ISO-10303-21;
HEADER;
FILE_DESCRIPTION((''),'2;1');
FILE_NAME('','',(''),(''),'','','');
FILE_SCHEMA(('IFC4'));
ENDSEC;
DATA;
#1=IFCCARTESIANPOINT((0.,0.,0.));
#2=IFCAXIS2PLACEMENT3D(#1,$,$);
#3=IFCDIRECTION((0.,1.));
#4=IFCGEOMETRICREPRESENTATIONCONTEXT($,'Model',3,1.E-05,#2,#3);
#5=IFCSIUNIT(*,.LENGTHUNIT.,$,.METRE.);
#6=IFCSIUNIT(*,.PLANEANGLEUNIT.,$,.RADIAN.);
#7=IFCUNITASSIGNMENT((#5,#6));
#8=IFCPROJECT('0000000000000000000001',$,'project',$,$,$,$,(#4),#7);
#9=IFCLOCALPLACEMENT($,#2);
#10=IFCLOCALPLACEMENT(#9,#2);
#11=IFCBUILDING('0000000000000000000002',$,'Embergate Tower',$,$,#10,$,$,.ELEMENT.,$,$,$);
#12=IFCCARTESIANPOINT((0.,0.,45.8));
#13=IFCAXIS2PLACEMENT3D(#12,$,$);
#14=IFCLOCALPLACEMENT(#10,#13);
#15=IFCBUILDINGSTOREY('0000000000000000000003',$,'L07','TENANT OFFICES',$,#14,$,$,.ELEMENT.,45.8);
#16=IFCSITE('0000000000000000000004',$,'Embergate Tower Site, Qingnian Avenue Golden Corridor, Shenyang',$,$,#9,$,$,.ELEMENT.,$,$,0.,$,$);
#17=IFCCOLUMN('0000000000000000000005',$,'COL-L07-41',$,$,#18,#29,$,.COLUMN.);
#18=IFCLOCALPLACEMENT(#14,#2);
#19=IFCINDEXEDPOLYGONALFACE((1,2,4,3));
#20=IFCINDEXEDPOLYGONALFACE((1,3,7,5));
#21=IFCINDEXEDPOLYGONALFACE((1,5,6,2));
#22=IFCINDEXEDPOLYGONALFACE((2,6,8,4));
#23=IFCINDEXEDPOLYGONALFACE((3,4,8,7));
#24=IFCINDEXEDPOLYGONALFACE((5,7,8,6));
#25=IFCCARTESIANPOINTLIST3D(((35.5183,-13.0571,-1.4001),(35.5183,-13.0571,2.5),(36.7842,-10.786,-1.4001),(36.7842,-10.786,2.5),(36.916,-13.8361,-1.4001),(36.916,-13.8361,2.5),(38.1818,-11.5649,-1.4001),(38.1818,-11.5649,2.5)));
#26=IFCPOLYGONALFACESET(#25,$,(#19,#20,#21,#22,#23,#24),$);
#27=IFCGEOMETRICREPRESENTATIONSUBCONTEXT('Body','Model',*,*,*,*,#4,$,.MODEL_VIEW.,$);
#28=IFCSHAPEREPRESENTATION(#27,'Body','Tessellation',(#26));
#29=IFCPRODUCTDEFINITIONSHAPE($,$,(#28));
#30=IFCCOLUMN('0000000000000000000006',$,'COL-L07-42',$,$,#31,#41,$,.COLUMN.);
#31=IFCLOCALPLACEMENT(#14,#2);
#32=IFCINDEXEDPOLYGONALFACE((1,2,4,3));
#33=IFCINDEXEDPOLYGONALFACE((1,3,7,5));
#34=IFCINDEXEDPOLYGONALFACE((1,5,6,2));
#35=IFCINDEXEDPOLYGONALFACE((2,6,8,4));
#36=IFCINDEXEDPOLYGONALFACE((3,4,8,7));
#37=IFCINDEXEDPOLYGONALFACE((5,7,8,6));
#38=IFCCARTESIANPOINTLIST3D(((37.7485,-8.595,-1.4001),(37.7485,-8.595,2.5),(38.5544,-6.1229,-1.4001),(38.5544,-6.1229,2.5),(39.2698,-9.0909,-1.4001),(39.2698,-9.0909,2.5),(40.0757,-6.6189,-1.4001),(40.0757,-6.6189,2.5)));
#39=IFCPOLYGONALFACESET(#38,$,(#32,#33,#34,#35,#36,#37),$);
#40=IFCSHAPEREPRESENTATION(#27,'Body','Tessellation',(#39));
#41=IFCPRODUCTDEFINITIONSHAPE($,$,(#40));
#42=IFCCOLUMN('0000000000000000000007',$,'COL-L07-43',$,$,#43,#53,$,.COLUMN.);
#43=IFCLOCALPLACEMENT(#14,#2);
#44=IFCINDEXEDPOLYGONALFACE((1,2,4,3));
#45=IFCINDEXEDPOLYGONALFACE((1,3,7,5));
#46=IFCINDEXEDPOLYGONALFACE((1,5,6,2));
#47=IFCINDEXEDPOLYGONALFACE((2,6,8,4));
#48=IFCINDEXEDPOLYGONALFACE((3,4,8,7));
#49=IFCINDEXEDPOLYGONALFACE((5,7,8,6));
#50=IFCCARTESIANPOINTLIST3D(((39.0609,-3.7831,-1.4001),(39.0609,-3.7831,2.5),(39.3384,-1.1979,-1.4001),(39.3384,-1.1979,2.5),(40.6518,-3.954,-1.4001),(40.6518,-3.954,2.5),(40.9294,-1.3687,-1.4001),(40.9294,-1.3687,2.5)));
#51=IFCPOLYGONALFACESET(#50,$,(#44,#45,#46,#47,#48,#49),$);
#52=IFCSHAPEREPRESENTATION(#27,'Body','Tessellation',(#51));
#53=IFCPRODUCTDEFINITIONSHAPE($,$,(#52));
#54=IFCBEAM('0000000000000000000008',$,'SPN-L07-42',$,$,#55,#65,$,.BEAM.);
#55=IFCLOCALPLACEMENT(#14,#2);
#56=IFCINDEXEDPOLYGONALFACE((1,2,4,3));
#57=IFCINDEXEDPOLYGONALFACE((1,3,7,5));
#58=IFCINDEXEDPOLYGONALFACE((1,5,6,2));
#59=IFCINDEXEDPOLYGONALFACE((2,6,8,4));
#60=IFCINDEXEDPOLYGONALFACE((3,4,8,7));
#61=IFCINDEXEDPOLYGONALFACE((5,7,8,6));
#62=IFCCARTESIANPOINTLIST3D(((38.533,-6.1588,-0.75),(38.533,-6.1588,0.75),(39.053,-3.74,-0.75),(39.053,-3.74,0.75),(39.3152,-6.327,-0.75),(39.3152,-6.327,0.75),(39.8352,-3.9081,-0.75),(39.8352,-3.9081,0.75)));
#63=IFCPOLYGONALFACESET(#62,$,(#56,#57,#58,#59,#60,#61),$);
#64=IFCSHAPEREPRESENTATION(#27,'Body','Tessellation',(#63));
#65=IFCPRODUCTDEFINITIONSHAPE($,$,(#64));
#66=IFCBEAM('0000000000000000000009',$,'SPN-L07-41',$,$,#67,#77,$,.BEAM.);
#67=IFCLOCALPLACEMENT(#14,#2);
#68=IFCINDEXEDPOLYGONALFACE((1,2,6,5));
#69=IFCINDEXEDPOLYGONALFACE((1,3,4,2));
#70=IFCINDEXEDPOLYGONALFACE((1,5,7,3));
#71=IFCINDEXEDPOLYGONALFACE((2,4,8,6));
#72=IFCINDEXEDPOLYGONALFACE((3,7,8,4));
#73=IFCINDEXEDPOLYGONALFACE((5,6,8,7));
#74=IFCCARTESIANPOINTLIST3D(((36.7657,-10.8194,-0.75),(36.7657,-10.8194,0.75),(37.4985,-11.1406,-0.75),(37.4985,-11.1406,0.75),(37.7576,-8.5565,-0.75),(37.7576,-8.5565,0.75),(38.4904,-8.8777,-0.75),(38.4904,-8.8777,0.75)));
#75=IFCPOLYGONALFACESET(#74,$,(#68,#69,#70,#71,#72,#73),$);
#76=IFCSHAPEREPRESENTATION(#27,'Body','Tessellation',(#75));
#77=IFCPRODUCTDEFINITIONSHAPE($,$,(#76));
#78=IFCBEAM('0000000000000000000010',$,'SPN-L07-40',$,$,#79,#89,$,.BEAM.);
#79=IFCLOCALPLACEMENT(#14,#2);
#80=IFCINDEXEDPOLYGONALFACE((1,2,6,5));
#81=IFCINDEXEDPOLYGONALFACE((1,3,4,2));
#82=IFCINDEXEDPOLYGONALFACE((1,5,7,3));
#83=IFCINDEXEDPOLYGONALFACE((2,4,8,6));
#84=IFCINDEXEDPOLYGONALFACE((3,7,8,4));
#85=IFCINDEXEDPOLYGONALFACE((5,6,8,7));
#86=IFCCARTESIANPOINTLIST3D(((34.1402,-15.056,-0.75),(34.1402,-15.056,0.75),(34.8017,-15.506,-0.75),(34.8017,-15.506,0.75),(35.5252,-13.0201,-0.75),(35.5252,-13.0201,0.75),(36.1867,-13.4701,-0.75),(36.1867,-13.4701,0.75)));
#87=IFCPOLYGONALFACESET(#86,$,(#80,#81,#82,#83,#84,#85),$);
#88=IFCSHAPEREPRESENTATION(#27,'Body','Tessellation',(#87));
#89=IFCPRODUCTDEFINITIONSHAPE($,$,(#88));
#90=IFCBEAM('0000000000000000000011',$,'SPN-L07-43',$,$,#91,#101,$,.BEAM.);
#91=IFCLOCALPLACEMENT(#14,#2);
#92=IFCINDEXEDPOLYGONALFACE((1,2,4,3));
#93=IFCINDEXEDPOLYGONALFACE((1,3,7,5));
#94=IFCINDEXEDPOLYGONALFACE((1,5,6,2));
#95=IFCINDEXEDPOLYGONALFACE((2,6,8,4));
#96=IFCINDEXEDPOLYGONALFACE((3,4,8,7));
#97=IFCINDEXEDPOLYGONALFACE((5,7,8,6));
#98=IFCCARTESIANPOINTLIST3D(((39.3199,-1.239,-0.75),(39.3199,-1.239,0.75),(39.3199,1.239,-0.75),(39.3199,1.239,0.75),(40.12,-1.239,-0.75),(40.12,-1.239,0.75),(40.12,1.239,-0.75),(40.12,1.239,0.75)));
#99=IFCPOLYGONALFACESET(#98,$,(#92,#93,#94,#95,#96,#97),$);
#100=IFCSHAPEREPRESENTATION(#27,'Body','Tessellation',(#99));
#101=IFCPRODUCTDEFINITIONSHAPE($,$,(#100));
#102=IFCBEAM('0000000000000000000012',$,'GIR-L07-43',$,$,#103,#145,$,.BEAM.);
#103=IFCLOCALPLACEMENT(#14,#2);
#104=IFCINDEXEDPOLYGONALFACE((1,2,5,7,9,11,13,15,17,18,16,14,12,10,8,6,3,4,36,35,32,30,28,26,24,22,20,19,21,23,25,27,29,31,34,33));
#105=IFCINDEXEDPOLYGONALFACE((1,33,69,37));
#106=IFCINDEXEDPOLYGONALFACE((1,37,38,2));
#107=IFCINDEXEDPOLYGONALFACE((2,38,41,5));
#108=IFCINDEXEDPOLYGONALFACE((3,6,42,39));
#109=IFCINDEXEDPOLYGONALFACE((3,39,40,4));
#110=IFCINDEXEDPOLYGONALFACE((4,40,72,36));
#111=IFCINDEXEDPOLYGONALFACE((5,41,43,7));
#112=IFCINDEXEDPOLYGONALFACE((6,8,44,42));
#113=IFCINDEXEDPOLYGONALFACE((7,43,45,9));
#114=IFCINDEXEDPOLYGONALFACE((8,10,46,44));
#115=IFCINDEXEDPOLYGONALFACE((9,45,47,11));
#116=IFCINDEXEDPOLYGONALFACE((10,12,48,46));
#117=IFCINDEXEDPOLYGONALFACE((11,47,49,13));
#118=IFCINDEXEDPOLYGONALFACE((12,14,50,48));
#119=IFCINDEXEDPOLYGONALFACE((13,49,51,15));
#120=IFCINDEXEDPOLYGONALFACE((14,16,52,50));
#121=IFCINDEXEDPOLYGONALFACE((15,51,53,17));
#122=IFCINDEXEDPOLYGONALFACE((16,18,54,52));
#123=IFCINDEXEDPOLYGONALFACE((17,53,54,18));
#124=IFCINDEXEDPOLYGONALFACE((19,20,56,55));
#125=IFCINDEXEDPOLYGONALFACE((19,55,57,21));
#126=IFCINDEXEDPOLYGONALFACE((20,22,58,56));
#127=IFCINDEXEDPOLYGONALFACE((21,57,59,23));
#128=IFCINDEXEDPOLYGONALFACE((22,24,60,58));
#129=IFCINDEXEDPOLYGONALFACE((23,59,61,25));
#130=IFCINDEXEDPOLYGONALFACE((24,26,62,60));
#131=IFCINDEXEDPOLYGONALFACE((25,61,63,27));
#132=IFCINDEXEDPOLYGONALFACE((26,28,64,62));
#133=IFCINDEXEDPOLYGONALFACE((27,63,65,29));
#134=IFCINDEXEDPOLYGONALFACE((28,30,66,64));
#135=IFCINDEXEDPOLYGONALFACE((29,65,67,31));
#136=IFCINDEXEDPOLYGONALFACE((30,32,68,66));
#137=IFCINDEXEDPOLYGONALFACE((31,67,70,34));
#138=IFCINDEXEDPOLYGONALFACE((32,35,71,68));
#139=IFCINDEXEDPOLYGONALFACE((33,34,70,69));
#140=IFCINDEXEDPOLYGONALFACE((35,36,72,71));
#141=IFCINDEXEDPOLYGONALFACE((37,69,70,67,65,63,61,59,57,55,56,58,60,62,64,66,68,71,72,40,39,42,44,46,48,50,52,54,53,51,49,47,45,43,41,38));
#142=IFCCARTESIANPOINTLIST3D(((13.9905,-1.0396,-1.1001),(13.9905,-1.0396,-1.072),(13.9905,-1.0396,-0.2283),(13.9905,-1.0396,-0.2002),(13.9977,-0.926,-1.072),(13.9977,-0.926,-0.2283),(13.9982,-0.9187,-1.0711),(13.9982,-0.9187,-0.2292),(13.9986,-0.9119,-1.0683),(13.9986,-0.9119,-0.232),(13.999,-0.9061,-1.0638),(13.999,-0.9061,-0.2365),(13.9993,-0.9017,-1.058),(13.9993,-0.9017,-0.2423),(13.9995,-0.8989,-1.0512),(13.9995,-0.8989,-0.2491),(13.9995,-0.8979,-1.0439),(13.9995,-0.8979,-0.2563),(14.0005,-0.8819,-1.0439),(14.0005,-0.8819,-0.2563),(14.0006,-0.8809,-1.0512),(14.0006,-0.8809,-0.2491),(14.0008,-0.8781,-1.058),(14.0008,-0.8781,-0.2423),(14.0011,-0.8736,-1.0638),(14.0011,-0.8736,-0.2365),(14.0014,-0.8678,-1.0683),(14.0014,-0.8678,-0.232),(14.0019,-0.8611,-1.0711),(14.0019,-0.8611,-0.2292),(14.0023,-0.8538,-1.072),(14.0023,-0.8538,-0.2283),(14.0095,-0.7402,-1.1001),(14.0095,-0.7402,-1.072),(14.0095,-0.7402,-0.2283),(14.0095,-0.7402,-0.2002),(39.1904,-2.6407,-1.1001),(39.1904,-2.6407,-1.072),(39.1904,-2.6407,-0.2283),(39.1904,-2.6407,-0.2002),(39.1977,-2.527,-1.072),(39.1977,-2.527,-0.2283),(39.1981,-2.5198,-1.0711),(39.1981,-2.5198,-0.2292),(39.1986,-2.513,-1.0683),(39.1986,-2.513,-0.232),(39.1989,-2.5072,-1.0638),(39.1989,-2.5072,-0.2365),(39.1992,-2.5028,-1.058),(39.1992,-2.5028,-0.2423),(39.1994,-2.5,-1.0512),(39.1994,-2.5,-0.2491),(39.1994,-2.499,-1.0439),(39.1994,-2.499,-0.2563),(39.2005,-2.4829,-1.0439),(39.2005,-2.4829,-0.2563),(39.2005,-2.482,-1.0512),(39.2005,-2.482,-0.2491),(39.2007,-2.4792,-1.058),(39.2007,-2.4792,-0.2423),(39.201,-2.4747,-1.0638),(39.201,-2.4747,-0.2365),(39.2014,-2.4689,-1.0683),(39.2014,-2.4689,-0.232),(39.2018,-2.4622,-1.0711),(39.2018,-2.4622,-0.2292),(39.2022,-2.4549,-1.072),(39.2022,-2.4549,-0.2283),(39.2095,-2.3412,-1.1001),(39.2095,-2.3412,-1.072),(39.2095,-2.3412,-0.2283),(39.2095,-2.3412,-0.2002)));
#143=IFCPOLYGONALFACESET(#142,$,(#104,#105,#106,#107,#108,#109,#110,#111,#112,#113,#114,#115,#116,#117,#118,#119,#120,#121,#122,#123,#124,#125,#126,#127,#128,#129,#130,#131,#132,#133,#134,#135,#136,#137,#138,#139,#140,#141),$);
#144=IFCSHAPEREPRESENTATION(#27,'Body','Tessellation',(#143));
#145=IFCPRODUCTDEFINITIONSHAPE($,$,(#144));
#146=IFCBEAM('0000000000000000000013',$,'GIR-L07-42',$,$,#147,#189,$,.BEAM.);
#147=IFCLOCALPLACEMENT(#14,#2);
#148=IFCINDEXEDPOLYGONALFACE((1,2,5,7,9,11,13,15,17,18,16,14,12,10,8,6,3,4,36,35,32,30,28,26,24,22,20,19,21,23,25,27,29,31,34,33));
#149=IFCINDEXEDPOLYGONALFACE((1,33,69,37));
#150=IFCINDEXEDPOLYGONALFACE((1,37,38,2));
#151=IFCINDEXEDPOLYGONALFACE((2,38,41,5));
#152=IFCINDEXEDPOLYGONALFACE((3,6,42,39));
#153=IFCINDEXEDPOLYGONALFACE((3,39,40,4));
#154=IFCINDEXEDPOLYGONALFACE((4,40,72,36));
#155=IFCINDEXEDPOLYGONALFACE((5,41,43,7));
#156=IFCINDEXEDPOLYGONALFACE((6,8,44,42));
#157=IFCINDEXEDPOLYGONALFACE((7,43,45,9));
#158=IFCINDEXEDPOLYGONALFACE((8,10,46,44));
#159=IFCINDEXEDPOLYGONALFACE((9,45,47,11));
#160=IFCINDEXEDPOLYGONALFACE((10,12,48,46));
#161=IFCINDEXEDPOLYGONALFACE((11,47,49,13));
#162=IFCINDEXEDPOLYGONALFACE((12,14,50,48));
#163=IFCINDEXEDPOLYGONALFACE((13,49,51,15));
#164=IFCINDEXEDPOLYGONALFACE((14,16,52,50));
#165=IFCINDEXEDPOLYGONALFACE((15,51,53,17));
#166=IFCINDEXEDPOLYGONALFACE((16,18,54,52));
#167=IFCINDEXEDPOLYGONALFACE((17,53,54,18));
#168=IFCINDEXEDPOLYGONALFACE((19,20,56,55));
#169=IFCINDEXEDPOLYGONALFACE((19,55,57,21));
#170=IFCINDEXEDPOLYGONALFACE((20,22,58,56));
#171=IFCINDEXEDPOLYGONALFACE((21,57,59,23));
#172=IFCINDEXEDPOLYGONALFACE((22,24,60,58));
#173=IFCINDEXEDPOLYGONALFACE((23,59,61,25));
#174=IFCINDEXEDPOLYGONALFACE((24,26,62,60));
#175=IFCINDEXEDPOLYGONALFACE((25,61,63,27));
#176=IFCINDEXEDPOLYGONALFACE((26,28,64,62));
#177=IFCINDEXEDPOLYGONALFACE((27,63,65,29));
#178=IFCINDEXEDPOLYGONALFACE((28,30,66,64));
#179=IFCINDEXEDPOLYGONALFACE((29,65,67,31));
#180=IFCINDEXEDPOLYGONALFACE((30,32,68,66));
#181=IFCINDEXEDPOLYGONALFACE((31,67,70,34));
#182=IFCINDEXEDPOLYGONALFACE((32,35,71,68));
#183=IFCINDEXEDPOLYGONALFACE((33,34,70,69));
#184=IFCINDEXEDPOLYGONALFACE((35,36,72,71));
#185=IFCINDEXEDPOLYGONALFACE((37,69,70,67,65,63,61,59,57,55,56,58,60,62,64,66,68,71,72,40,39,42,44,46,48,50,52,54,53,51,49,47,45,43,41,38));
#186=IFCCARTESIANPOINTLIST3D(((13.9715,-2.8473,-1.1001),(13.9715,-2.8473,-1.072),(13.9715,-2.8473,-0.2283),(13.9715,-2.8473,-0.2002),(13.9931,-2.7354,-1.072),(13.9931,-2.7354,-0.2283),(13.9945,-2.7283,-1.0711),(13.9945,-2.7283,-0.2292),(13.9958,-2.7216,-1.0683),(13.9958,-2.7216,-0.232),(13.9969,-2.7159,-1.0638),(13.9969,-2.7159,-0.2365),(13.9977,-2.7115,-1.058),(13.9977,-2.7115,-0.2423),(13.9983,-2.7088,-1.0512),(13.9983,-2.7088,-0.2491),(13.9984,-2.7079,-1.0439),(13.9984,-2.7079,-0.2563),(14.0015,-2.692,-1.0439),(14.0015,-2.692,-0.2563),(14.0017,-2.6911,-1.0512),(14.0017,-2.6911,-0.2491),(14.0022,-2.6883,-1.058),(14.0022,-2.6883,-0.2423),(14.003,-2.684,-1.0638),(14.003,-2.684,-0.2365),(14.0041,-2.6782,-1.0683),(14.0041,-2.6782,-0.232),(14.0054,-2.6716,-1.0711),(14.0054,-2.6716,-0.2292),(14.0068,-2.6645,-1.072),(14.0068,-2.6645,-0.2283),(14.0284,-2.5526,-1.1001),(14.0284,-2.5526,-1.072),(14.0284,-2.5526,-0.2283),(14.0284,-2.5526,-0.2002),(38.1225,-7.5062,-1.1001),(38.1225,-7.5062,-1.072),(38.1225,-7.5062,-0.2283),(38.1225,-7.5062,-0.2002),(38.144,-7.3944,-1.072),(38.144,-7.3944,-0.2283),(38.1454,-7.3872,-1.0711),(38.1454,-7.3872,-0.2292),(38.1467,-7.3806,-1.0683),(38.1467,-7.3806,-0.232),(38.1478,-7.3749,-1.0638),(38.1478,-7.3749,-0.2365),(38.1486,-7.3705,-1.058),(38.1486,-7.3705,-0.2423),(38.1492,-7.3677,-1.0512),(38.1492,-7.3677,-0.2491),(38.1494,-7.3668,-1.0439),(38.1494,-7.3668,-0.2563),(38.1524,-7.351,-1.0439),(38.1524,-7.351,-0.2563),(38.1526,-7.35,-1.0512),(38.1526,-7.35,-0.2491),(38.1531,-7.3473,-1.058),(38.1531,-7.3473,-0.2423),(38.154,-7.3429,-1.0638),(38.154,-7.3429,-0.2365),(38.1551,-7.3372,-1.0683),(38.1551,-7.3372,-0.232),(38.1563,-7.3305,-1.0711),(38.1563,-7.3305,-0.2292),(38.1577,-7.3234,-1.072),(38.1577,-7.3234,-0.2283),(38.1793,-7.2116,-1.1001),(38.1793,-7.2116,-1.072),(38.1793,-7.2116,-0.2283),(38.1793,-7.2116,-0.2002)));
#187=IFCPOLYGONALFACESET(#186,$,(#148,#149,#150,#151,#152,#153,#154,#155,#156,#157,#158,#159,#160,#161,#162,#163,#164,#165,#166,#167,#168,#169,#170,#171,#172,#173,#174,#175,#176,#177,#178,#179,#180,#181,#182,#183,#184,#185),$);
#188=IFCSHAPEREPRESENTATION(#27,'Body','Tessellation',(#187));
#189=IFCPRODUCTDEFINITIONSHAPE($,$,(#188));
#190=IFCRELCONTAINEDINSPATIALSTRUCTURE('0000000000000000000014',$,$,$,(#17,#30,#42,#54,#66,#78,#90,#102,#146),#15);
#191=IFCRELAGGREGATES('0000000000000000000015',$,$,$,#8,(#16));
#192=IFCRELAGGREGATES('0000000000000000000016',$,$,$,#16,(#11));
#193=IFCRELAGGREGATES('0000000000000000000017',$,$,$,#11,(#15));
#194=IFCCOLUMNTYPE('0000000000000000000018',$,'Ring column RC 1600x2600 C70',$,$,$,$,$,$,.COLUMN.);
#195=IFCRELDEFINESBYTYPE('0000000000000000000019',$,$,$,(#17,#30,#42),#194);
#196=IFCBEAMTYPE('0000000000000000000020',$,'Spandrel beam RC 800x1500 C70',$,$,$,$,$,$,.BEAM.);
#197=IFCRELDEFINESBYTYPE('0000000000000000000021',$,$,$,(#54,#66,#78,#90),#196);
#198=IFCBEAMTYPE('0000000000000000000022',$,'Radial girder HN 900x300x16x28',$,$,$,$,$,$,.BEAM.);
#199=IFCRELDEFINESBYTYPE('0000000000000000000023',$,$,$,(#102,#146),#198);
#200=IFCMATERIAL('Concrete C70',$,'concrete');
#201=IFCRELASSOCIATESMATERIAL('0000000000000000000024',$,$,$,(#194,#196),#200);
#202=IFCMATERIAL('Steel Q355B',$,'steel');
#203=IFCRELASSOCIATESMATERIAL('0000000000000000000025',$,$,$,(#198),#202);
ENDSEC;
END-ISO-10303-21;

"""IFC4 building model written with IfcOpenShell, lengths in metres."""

from ifc_helpers import new_model, si_unit, direction, frame, origin, origin_2d, place, context, subcontext, project, spatial, rectangle, i_section, extrude, source, transform, mapped, material, material_profile, profile_set, type_object, element, save


model = new_model("IFC4")

# Units and contexts
model_context = context("Model", 3, precision=1e-05, world=origin(), true_north=direction((0.0, 1.0)))
body_context = subcontext(model_context, "Body", "Model", "MODEL_VIEW")
ifc_project = project(units=[si_unit("LENGTHUNIT", "METRE"), si_unit("PLANEANGLEUNIT", "RADIAN")], contexts=[model_context])

# Site, building, storey
site_placement = place(None, origin())
site = spatial("IfcSite", under=ifc_project, at=site_placement, Name="Embergate Tower Site, Qingnian Avenue Golden Corridor, Shenyang", CompositionType="ELEMENT", RefElevation=0.0)
building_placement = place(site_placement, origin())
building = spatial("IfcBuilding", under=site, at=building_placement, Name="Embergate Tower", CompositionType="ELEMENT")
storey_placement = place(building_placement, frame((0.0, 0.0, 45.8)))
storey = spatial("IfcBuildingStorey", under=building, at=storey_placement, Name="L07", Description="TENANT OFFICES", CompositionType="ELEMENT", Elevation=45.8)

# Columns
ifc_material_1 = material(Name="Concrete C70", Category="concrete")
ifc_material_profile_1 = material_profile(ifc_material_1, rectangle(XDim=1.6001, YDim=2.6001, at=origin_2d()), Name="RC 1600x2600")
ifc_profile_set_1 = profile_set([ifc_material_profile_1], Name="Concrete C70")
column_type = type_object("IfcColumnType", Name="Ring column RC 1600x2600 C70", PredefinedType="COLUMN", material=ifc_profile_set_1)
shared_shape_1 = source(origin(), body_context, "Body", "SweptSolid", [
    extrude(rectangle(XDim=1.6001, YDim=2.6001, at=origin_2d()), origin(), (0.0, 0.0, 1.0), 3.9001),
])
for number, where, z_axis, x_axis, name in (
    (1, (36.8501, -12.311, -1.4001), (0.0, 0.0, 1.0), (0.873492, -0.486839, 0.0), "COL-L07-41"),
    (2, (38.9121, -7.6069, -1.4001), (0.0, 0.0, 1.0), (0.950754, -0.309946, 0.0), "COL-L07-42"),
    (3, (39.9951, -2.5759, -1.4001), (0.0, 0.0, 1.0), (0.994286, -0.10675, 0.0), "COL-L07-43"),
):
    element("IfcColumn", number, at=place(storey_placement, frame(where, z_axis=z_axis, x_axis=x_axis)), inside=storey, type_object=column_type, Name=name, PredefinedType="COLUMN", context=body_context, shape_type="MappedRepresentation", body=[
        mapped(shared_shape_1, transform((0.0, 0.0, 0.0))),
    ])

# Beams
ifc_material_profile_2 = material_profile(ifc_material_1, rectangle(XDim=0.8, YDim=1.5, at=origin_2d()), Name="RC 800x1500")
ifc_profile_set_2 = profile_set([ifc_material_profile_2], Name="Concrete C70")
beam_type_1 = type_object("IfcBeamType", Name="Spandrel beam RC 800x1500 C70", PredefinedType="BEAM", material=ifc_profile_set_2)
shared_shape_2 = source(origin(), body_context, "Body", "SweptSolid", [
    extrude(rectangle(XDim=0.8, YDim=1.5, at=origin_2d()), origin(), (0.0, 0.0, 1.0), 2.4741),
])
beam_1_placement = place(storey_placement, frame((38.9241, -6.2429, 0.0), z_axis=(0.210176, 0.977664, 0.0), x_axis=(-0.977664, 0.210176, 0.0)))
element("IfcBeam", 4, at=beam_1_placement, inside=storey, type_object=beam_type_1, Name="SPN-L07-42", PredefinedType="BEAM", context=body_context, shape_type="MappedRepresentation", body=[
    mapped(shared_shape_2, transform((0.0, 0.0, 0.0))),
])
shared_shape_3 = source(origin(), body_context, "Body", "SweptSolid", [
    extrude(rectangle(XDim=0.8, YDim=1.5, at=origin_2d()), origin(), (0.0, 0.0, 1.0), 2.4707),
])
beam_2_placement = place(storey_placement, frame((37.1321, -10.98, 0.0), z_axis=(0.401467, 0.915874, 0.0), x_axis=(-0.915874, 0.401467, 0.0)))
element("IfcBeam", 5, at=beam_2_placement, inside=storey, type_object=beam_type_1, Name="SPN-L07-41", PredefinedType="BEAM", context=body_context, shape_type="MappedRepresentation", body=[
    mapped(shared_shape_3, transform((0.0, 0.0, 0.0))),
])
shared_shape_4 = source(origin(), body_context, "Body", "SweptSolid", [
    extrude(rectangle(XDim=0.8, YDim=1.5, at=origin_2d()), origin(), (0.0, 0.0, 1.0), 2.4624),
])
beam_3_placement = place(storey_placement, frame((34.4709, -15.281, 0.0), z_axis=(0.562478, 0.826812, 0.0), x_axis=(-0.826812, 0.562478, 0.0)))
element("IfcBeam", 6, at=beam_3_placement, inside=storey, type_object=beam_type_1, Name="SPN-L07-40", PredefinedType="BEAM", context=body_context, shape_type="MappedRepresentation", body=[
    mapped(shared_shape_4, transform((0.0, 0.0, 0.0))),
])
shared_shape_5 = source(origin(), body_context, "Body", "SweptSolid", [
    extrude(rectangle(XDim=0.8, YDim=1.5, at=origin_2d()), origin(), (0.0, 0.0, 1.0), 2.478),
])
beam_4_placement = place(storey_placement, frame((39.72, -1.239, 0.0), z_axis=(0.0, 1.0, 0.0), x_axis=(-1.0, 0.0, 0.0)))
element("IfcBeam", 7, at=beam_4_placement, inside=storey, type_object=beam_type_1, Name="SPN-L07-43", PredefinedType="BEAM", context=body_context, shape_type="MappedRepresentation", body=[
    mapped(shared_shape_5, transform((0.0, 0.0, 0.0))),
])
ifc_material_2 = material(Name="Steel Q355B", Category="steel")
ifc_material_profile_3 = material_profile(ifc_material_2, i_section(OverallWidth=0.3, OverallDepth=0.8999, WebThickness=0.0161, FlangeThickness=0.0281, FilletRadius=0.0281, at=origin_2d()), Name="HN 900x300x16x28")
ifc_profile_set_3 = profile_set([ifc_material_profile_3], Name="Steel Q355 grade B")
beam_type_2 = type_object("IfcBeamType", Name="Radial girder HN 900x300x16x28", PredefinedType="BEAM", material=ifc_profile_set_3)
shared_shape_6 = source(origin(), body_context, "Body", "SweptSolid", [
    extrude(i_section(OverallWidth=0.3, OverallDepth=0.8999, WebThickness=0.0161, FlangeThickness=0.0281, FilletRadius=0.0281, at=origin_2d()), origin(), (0.0, 0.0, 1.0), 25.2507),
])
beam_5_placement = place(storey_placement, frame((39.2, -2.491, -0.6501), z_axis=(-0.997988, 0.063407, 0.0), x_axis=(-0.063407, -0.997988, 0.0)))
element("IfcBeam", 8, at=beam_5_placement, inside=storey, type_object=beam_type_2, Name="GIR-L07-43", PredefinedType="BEAM", context=body_context, shape_type="MappedRepresentation", body=[
    mapped(shared_shape_6, transform((0.0, 0.0, 0.0))),
])
shared_shape_7 = source(origin(), body_context, "Body", "SweptSolid", [
    extrude(i_section(OverallWidth=0.3, OverallDepth=0.8999, WebThickness=0.0161, FlangeThickness=0.0281, FilletRadius=0.0281, at=origin_2d()), origin(), (0.0, 0.0, 1.0), 24.5962),
])
beam_6_placement = place(storey_placement, frame((38.1509, -7.3589, -0.6501), z_axis=(-0.981897, 0.189417, 0.0), x_axis=(-0.189417, -0.981897, 0.0)))
element("IfcBeam", 9, at=beam_6_placement, inside=storey, type_object=beam_type_2, Name="GIR-L07-42", PredefinedType="BEAM", context=body_context, shape_type="MappedRepresentation", body=[
    mapped(shared_shape_7, transform((0.0, 0.0, 0.0))),
])

save(model, "model.ifc")
